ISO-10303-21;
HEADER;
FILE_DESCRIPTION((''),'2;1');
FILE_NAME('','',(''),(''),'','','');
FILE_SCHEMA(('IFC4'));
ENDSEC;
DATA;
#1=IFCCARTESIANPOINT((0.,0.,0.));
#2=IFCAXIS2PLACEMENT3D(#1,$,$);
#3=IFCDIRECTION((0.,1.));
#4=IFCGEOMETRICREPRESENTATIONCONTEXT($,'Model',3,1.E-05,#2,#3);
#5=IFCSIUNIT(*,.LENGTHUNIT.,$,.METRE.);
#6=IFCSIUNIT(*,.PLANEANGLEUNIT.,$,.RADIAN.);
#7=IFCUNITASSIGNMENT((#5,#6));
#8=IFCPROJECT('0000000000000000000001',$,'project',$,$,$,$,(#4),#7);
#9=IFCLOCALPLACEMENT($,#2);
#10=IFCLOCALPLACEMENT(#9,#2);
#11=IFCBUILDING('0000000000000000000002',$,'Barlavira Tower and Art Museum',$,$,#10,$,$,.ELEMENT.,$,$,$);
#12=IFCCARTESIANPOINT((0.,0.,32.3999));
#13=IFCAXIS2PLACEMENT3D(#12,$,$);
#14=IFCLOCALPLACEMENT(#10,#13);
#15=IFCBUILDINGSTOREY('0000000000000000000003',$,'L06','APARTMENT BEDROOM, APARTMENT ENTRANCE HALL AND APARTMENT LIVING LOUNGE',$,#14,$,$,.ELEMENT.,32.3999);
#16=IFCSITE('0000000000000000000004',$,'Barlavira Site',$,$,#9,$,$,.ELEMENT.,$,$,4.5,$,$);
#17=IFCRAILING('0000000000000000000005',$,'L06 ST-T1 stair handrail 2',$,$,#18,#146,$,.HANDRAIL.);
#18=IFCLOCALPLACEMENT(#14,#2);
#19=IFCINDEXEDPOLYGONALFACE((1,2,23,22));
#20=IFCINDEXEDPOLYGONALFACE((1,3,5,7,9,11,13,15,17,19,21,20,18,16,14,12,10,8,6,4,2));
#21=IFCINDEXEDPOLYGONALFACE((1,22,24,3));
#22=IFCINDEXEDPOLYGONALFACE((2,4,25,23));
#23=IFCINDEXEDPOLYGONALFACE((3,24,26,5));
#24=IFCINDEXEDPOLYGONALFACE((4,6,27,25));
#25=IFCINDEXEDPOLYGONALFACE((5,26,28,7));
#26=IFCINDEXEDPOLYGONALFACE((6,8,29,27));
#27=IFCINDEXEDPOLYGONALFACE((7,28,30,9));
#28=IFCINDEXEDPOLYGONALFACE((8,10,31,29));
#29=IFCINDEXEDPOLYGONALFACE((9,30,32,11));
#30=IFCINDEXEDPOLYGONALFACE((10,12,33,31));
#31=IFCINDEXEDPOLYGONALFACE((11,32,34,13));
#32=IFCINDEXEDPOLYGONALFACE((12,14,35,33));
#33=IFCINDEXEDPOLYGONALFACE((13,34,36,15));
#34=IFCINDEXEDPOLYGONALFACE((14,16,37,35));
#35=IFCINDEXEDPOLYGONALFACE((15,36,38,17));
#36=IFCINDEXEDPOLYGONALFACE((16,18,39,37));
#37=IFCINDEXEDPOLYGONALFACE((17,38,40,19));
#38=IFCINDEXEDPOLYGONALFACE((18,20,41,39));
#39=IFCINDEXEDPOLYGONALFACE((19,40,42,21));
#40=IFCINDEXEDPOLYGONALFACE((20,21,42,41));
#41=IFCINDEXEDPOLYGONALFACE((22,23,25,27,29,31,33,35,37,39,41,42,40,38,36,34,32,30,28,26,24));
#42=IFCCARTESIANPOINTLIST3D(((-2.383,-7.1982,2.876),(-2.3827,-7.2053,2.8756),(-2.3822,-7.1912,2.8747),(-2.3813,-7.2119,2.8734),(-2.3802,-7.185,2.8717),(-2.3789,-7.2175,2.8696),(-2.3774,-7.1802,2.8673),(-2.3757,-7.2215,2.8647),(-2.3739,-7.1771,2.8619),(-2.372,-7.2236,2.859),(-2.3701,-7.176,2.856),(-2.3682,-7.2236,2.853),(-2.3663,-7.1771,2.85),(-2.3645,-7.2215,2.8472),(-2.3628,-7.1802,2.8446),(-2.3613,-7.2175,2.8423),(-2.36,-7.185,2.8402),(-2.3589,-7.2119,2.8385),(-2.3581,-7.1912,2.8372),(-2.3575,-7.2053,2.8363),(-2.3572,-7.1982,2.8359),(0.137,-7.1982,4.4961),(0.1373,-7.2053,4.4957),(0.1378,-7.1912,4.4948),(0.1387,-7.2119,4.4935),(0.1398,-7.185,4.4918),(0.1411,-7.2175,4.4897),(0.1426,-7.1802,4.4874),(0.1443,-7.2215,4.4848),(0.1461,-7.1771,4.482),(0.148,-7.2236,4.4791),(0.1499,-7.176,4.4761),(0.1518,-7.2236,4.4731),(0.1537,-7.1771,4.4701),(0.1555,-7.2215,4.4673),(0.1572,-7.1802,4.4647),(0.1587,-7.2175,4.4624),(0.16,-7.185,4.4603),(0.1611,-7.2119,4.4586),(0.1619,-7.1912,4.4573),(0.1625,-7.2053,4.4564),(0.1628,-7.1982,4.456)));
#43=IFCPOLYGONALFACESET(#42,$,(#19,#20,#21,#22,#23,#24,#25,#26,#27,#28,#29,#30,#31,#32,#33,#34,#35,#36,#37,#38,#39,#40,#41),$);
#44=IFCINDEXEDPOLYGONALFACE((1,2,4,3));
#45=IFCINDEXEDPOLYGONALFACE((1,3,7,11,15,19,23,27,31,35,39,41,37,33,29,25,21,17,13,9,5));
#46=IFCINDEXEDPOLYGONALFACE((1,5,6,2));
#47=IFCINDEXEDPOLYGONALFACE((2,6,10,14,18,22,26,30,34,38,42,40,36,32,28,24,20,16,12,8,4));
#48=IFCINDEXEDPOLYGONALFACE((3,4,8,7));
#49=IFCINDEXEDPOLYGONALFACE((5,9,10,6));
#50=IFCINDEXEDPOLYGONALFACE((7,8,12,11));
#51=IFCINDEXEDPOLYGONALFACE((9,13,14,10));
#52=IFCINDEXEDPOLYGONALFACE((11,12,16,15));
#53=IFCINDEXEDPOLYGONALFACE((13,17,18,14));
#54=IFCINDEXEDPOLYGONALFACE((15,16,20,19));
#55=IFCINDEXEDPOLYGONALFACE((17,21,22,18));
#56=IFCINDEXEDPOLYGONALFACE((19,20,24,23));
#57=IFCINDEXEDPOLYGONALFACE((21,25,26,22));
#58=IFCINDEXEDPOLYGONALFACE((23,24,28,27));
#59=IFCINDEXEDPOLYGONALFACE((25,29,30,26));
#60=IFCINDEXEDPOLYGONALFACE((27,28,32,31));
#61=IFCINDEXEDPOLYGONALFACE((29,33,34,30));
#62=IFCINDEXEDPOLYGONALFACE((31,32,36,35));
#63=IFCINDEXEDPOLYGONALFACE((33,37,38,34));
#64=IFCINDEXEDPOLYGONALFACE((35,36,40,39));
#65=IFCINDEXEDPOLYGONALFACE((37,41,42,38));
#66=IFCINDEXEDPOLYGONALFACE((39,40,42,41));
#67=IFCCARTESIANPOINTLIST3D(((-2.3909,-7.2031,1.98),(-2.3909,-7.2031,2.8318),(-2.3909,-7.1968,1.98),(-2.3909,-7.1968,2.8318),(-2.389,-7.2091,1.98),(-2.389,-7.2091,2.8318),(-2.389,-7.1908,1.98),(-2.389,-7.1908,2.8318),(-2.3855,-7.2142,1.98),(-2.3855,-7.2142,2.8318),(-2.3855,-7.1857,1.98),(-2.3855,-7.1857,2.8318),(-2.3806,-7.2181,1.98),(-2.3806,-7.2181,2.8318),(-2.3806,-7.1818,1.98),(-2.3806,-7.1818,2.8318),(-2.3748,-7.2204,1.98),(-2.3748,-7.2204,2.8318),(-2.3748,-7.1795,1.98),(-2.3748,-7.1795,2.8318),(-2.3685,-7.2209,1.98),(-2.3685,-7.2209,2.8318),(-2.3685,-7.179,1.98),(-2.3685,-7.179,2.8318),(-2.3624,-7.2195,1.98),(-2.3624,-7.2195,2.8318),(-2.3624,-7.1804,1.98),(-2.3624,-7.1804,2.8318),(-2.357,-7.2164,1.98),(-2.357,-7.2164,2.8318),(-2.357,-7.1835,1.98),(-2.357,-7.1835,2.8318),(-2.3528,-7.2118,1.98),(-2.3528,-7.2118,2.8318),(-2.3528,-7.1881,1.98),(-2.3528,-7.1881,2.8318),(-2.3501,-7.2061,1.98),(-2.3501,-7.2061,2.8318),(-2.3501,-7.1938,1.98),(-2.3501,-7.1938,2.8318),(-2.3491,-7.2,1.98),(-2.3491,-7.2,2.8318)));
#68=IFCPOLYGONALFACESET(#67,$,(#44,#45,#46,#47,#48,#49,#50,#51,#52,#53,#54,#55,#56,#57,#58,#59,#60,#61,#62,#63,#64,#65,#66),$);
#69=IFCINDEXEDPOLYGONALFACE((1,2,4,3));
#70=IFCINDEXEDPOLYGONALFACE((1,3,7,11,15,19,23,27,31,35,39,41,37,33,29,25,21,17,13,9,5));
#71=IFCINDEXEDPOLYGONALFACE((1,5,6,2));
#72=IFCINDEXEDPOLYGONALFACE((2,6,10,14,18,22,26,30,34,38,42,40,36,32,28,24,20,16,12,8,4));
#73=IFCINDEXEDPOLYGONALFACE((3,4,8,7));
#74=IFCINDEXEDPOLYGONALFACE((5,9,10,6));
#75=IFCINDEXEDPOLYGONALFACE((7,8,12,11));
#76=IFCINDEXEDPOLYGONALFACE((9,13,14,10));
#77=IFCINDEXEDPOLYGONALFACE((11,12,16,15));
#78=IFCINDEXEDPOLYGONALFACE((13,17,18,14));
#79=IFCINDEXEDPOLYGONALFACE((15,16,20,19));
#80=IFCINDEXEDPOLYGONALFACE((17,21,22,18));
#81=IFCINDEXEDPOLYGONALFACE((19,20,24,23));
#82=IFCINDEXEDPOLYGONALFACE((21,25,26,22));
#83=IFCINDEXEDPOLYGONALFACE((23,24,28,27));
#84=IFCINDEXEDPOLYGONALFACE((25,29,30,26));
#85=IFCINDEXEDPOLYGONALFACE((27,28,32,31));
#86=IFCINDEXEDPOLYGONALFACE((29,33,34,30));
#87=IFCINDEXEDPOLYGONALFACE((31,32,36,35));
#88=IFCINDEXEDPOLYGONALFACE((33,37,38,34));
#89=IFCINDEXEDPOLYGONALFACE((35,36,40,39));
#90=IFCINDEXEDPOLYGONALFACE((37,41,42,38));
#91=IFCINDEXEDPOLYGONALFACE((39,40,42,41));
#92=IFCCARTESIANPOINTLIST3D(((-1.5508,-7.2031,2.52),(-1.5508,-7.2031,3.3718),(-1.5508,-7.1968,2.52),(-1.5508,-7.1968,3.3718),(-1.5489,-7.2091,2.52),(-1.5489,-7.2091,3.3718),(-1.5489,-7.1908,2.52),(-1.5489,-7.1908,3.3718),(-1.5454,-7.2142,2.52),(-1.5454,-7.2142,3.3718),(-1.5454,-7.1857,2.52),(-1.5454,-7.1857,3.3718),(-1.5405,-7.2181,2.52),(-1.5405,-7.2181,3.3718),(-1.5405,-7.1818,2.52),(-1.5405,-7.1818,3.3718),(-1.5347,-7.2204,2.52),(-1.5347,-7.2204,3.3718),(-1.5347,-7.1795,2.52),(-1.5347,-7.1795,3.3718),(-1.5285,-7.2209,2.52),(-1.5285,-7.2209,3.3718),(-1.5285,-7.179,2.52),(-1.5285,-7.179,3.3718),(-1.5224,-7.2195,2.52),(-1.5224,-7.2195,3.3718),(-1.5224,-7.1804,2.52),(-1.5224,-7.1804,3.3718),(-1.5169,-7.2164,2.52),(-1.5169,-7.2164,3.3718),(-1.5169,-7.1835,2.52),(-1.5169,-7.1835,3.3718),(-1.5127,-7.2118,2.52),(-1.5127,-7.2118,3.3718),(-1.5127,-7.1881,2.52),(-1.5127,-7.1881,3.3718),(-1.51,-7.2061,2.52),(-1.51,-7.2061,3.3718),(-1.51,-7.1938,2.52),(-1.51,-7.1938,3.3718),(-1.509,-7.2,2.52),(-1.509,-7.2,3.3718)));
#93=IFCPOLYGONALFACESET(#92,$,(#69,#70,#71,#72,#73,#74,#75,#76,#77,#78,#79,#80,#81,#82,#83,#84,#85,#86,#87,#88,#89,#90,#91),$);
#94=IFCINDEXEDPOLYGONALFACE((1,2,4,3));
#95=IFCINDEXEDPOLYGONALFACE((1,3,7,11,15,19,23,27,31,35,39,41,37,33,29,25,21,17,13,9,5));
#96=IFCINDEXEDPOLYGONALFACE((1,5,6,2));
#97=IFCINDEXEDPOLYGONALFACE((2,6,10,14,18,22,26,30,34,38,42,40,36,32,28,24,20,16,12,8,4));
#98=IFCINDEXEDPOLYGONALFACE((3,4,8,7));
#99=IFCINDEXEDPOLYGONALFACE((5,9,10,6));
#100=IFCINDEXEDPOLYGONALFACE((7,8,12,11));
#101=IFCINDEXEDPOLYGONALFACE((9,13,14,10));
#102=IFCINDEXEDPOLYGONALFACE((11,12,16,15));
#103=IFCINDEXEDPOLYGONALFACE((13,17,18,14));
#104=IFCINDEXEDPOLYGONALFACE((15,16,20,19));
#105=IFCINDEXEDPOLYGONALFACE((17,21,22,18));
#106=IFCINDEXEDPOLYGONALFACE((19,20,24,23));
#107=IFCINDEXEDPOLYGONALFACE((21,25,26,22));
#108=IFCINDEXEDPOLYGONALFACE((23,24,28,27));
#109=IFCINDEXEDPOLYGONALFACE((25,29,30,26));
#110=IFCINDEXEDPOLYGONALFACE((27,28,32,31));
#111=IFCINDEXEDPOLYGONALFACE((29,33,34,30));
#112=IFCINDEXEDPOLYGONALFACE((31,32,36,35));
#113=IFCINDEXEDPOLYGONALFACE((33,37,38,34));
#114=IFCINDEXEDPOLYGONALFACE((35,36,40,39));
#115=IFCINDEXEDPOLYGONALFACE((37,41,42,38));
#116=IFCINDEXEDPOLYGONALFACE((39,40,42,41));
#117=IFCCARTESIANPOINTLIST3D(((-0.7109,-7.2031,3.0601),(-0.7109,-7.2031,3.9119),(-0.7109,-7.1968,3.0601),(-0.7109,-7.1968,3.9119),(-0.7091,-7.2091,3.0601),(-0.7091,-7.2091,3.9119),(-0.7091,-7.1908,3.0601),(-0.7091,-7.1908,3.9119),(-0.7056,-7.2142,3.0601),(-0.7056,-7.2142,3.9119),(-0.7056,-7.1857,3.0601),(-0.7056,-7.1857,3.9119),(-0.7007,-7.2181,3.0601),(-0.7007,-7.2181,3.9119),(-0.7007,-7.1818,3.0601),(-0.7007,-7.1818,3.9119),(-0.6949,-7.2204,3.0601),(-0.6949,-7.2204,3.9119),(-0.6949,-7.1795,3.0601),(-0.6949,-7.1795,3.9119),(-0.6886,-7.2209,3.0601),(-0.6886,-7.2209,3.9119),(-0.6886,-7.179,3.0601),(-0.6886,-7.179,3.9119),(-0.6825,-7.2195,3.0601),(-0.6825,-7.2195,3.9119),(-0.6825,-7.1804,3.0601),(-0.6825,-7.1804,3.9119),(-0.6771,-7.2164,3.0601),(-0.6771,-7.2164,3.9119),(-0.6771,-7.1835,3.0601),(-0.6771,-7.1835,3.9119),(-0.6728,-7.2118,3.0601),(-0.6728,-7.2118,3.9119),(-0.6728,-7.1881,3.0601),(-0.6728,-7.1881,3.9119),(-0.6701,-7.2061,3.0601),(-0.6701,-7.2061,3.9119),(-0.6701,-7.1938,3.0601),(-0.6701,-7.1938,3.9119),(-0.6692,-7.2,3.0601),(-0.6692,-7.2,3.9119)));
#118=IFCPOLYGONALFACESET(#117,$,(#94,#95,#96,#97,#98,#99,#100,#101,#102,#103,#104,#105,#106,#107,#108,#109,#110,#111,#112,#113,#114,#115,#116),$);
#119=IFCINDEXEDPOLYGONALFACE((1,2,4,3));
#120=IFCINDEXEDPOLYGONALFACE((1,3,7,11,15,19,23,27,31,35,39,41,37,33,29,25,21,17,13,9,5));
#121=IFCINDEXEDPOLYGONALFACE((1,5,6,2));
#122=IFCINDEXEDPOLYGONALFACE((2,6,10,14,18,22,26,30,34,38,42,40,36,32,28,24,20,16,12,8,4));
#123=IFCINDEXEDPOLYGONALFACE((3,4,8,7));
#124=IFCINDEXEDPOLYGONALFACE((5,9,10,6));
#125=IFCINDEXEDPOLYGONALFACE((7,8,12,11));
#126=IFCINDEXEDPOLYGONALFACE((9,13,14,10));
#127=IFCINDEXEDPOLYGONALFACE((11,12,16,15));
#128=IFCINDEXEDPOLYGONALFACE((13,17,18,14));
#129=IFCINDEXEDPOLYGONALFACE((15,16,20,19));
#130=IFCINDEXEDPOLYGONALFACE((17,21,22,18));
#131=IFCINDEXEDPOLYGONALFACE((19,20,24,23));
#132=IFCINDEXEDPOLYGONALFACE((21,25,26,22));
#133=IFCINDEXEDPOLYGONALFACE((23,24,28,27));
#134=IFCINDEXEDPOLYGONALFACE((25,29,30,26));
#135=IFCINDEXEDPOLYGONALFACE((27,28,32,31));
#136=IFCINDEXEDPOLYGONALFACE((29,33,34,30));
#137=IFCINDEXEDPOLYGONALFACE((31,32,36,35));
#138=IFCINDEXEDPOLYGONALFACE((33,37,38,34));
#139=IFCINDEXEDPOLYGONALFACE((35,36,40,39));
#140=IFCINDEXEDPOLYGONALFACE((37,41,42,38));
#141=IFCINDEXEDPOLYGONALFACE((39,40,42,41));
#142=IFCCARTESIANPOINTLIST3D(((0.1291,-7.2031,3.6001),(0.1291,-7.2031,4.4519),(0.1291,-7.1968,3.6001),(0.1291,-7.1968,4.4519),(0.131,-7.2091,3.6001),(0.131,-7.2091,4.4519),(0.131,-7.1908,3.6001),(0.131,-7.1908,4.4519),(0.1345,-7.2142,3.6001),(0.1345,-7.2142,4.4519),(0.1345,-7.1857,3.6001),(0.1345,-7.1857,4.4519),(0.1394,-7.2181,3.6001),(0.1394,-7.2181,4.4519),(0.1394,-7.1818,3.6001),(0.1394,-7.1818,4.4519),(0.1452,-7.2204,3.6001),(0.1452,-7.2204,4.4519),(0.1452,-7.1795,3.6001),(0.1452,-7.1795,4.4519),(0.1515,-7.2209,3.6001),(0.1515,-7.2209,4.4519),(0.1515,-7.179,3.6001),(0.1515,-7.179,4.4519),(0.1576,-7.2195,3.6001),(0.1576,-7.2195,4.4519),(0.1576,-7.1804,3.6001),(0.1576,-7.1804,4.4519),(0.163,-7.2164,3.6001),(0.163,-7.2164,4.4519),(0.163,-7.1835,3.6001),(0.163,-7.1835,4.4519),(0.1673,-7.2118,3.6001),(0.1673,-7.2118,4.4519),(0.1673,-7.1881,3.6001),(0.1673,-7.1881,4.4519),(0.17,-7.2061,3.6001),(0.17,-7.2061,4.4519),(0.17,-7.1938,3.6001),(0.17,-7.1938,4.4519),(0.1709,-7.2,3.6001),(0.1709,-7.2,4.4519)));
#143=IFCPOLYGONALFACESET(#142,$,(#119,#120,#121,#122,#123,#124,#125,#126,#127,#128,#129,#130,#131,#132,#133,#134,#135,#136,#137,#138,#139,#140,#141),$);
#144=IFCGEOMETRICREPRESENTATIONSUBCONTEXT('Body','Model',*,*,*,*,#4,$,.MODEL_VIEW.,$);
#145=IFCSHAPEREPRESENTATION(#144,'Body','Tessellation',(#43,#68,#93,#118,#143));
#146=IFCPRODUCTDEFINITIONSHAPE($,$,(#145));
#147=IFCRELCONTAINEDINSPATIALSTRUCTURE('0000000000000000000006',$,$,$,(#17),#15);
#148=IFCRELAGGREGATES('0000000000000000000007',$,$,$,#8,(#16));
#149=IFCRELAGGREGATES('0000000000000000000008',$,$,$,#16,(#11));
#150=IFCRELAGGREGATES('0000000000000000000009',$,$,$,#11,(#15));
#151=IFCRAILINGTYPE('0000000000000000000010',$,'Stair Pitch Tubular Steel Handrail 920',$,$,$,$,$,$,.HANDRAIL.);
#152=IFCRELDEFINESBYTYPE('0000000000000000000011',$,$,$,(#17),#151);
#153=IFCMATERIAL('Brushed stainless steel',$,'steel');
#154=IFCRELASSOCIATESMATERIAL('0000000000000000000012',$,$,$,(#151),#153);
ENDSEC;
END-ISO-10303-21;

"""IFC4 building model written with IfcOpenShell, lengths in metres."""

from ifc_helpers import new_model, si_unit, direction, frame, origin, origin_2d, place, context, subcontext, project, spatial, circle, extrude, material, type_object, element, save


model = new_model("IFC4")

# Units and contexts
model_context = context("Model", 3, precision=1e-05, world=origin(), true_north=direction((0.0, 1.0)))
body_context = subcontext(model_context, "Body", "Model", "MODEL_VIEW")
ifc_project = project(units=[si_unit("LENGTHUNIT", "METRE"), si_unit("PLANEANGLEUNIT", "RADIAN")], contexts=[model_context])

# Site, building, storey
site_placement = place(None, origin())
site = spatial("IfcSite", under=ifc_project, at=site_placement, Name="Barlavira Site", CompositionType="ELEMENT", RefElevation=4.5)
building_placement = place(site_placement, origin())
building = spatial("IfcBuilding", under=site, at=building_placement, Name="Barlavira Tower and Art Museum", CompositionType="ELEMENT")
storey_placement = place(building_placement, frame((0.0, 0.0, 32.3999)))
storey = spatial("IfcBuildingStorey", under=building, at=storey_placement, Name="L06", Description="APARTMENT BEDROOM, APARTMENT ENTRANCE HALL AND APARTMENT LIVING LOUNGE", CompositionType="ELEMENT", Elevation=32.3999)

# Shared definitions
ifc_material_1 = material(Name="Brushed stainless steel", Category="steel")

# Railing
railing_type_1 = type_object("IfcRailingType", Name="Stair Pitch Tubular Steel Handrail 920", PredefinedType="HANDRAIL", material=ifc_material_1)
railing_1_placement = place(storey_placement, frame((-2.3701, -7.2, 1.98)))
element("IfcRailing", 1, at=railing_1_placement, inside=storey, type_object=railing_type_1, Name="L06 ST-T1 stair handrail 2", PredefinedType="HANDRAIL", context=body_context, shape_type="SweptSolid", body=[
    extrude(circle(Radius=0.0239, at=origin_2d()), frame((0.0, 0.0, 0.876), z_axis=(0.841163, 0.0, 0.540782), x_axis=(0.0, 1.0, 0.0)), (0.0, 0.0, 1.0), 2.9958),
    extrude(circle(Radius=0.021, at=origin_2d()), origin(), (0.0, 0.0, 1.0), 0.8518),
    extrude(circle(Radius=0.021, at=origin_2d()), frame((0.8401, 0.0, 0.54)), (0.0, 0.0, 1.0), 0.8518),
    extrude(circle(Radius=0.021, at=origin_2d()), frame((1.6799, 0.0, 1.0801)), (0.0, 0.0, 1.0), 0.8518),
    extrude(circle(Radius=0.021, at=origin_2d()), frame((2.52, 0.0, 1.6201)), (0.0, 0.0, 1.0), 0.8518),
])

save(model, "model.ifc")
